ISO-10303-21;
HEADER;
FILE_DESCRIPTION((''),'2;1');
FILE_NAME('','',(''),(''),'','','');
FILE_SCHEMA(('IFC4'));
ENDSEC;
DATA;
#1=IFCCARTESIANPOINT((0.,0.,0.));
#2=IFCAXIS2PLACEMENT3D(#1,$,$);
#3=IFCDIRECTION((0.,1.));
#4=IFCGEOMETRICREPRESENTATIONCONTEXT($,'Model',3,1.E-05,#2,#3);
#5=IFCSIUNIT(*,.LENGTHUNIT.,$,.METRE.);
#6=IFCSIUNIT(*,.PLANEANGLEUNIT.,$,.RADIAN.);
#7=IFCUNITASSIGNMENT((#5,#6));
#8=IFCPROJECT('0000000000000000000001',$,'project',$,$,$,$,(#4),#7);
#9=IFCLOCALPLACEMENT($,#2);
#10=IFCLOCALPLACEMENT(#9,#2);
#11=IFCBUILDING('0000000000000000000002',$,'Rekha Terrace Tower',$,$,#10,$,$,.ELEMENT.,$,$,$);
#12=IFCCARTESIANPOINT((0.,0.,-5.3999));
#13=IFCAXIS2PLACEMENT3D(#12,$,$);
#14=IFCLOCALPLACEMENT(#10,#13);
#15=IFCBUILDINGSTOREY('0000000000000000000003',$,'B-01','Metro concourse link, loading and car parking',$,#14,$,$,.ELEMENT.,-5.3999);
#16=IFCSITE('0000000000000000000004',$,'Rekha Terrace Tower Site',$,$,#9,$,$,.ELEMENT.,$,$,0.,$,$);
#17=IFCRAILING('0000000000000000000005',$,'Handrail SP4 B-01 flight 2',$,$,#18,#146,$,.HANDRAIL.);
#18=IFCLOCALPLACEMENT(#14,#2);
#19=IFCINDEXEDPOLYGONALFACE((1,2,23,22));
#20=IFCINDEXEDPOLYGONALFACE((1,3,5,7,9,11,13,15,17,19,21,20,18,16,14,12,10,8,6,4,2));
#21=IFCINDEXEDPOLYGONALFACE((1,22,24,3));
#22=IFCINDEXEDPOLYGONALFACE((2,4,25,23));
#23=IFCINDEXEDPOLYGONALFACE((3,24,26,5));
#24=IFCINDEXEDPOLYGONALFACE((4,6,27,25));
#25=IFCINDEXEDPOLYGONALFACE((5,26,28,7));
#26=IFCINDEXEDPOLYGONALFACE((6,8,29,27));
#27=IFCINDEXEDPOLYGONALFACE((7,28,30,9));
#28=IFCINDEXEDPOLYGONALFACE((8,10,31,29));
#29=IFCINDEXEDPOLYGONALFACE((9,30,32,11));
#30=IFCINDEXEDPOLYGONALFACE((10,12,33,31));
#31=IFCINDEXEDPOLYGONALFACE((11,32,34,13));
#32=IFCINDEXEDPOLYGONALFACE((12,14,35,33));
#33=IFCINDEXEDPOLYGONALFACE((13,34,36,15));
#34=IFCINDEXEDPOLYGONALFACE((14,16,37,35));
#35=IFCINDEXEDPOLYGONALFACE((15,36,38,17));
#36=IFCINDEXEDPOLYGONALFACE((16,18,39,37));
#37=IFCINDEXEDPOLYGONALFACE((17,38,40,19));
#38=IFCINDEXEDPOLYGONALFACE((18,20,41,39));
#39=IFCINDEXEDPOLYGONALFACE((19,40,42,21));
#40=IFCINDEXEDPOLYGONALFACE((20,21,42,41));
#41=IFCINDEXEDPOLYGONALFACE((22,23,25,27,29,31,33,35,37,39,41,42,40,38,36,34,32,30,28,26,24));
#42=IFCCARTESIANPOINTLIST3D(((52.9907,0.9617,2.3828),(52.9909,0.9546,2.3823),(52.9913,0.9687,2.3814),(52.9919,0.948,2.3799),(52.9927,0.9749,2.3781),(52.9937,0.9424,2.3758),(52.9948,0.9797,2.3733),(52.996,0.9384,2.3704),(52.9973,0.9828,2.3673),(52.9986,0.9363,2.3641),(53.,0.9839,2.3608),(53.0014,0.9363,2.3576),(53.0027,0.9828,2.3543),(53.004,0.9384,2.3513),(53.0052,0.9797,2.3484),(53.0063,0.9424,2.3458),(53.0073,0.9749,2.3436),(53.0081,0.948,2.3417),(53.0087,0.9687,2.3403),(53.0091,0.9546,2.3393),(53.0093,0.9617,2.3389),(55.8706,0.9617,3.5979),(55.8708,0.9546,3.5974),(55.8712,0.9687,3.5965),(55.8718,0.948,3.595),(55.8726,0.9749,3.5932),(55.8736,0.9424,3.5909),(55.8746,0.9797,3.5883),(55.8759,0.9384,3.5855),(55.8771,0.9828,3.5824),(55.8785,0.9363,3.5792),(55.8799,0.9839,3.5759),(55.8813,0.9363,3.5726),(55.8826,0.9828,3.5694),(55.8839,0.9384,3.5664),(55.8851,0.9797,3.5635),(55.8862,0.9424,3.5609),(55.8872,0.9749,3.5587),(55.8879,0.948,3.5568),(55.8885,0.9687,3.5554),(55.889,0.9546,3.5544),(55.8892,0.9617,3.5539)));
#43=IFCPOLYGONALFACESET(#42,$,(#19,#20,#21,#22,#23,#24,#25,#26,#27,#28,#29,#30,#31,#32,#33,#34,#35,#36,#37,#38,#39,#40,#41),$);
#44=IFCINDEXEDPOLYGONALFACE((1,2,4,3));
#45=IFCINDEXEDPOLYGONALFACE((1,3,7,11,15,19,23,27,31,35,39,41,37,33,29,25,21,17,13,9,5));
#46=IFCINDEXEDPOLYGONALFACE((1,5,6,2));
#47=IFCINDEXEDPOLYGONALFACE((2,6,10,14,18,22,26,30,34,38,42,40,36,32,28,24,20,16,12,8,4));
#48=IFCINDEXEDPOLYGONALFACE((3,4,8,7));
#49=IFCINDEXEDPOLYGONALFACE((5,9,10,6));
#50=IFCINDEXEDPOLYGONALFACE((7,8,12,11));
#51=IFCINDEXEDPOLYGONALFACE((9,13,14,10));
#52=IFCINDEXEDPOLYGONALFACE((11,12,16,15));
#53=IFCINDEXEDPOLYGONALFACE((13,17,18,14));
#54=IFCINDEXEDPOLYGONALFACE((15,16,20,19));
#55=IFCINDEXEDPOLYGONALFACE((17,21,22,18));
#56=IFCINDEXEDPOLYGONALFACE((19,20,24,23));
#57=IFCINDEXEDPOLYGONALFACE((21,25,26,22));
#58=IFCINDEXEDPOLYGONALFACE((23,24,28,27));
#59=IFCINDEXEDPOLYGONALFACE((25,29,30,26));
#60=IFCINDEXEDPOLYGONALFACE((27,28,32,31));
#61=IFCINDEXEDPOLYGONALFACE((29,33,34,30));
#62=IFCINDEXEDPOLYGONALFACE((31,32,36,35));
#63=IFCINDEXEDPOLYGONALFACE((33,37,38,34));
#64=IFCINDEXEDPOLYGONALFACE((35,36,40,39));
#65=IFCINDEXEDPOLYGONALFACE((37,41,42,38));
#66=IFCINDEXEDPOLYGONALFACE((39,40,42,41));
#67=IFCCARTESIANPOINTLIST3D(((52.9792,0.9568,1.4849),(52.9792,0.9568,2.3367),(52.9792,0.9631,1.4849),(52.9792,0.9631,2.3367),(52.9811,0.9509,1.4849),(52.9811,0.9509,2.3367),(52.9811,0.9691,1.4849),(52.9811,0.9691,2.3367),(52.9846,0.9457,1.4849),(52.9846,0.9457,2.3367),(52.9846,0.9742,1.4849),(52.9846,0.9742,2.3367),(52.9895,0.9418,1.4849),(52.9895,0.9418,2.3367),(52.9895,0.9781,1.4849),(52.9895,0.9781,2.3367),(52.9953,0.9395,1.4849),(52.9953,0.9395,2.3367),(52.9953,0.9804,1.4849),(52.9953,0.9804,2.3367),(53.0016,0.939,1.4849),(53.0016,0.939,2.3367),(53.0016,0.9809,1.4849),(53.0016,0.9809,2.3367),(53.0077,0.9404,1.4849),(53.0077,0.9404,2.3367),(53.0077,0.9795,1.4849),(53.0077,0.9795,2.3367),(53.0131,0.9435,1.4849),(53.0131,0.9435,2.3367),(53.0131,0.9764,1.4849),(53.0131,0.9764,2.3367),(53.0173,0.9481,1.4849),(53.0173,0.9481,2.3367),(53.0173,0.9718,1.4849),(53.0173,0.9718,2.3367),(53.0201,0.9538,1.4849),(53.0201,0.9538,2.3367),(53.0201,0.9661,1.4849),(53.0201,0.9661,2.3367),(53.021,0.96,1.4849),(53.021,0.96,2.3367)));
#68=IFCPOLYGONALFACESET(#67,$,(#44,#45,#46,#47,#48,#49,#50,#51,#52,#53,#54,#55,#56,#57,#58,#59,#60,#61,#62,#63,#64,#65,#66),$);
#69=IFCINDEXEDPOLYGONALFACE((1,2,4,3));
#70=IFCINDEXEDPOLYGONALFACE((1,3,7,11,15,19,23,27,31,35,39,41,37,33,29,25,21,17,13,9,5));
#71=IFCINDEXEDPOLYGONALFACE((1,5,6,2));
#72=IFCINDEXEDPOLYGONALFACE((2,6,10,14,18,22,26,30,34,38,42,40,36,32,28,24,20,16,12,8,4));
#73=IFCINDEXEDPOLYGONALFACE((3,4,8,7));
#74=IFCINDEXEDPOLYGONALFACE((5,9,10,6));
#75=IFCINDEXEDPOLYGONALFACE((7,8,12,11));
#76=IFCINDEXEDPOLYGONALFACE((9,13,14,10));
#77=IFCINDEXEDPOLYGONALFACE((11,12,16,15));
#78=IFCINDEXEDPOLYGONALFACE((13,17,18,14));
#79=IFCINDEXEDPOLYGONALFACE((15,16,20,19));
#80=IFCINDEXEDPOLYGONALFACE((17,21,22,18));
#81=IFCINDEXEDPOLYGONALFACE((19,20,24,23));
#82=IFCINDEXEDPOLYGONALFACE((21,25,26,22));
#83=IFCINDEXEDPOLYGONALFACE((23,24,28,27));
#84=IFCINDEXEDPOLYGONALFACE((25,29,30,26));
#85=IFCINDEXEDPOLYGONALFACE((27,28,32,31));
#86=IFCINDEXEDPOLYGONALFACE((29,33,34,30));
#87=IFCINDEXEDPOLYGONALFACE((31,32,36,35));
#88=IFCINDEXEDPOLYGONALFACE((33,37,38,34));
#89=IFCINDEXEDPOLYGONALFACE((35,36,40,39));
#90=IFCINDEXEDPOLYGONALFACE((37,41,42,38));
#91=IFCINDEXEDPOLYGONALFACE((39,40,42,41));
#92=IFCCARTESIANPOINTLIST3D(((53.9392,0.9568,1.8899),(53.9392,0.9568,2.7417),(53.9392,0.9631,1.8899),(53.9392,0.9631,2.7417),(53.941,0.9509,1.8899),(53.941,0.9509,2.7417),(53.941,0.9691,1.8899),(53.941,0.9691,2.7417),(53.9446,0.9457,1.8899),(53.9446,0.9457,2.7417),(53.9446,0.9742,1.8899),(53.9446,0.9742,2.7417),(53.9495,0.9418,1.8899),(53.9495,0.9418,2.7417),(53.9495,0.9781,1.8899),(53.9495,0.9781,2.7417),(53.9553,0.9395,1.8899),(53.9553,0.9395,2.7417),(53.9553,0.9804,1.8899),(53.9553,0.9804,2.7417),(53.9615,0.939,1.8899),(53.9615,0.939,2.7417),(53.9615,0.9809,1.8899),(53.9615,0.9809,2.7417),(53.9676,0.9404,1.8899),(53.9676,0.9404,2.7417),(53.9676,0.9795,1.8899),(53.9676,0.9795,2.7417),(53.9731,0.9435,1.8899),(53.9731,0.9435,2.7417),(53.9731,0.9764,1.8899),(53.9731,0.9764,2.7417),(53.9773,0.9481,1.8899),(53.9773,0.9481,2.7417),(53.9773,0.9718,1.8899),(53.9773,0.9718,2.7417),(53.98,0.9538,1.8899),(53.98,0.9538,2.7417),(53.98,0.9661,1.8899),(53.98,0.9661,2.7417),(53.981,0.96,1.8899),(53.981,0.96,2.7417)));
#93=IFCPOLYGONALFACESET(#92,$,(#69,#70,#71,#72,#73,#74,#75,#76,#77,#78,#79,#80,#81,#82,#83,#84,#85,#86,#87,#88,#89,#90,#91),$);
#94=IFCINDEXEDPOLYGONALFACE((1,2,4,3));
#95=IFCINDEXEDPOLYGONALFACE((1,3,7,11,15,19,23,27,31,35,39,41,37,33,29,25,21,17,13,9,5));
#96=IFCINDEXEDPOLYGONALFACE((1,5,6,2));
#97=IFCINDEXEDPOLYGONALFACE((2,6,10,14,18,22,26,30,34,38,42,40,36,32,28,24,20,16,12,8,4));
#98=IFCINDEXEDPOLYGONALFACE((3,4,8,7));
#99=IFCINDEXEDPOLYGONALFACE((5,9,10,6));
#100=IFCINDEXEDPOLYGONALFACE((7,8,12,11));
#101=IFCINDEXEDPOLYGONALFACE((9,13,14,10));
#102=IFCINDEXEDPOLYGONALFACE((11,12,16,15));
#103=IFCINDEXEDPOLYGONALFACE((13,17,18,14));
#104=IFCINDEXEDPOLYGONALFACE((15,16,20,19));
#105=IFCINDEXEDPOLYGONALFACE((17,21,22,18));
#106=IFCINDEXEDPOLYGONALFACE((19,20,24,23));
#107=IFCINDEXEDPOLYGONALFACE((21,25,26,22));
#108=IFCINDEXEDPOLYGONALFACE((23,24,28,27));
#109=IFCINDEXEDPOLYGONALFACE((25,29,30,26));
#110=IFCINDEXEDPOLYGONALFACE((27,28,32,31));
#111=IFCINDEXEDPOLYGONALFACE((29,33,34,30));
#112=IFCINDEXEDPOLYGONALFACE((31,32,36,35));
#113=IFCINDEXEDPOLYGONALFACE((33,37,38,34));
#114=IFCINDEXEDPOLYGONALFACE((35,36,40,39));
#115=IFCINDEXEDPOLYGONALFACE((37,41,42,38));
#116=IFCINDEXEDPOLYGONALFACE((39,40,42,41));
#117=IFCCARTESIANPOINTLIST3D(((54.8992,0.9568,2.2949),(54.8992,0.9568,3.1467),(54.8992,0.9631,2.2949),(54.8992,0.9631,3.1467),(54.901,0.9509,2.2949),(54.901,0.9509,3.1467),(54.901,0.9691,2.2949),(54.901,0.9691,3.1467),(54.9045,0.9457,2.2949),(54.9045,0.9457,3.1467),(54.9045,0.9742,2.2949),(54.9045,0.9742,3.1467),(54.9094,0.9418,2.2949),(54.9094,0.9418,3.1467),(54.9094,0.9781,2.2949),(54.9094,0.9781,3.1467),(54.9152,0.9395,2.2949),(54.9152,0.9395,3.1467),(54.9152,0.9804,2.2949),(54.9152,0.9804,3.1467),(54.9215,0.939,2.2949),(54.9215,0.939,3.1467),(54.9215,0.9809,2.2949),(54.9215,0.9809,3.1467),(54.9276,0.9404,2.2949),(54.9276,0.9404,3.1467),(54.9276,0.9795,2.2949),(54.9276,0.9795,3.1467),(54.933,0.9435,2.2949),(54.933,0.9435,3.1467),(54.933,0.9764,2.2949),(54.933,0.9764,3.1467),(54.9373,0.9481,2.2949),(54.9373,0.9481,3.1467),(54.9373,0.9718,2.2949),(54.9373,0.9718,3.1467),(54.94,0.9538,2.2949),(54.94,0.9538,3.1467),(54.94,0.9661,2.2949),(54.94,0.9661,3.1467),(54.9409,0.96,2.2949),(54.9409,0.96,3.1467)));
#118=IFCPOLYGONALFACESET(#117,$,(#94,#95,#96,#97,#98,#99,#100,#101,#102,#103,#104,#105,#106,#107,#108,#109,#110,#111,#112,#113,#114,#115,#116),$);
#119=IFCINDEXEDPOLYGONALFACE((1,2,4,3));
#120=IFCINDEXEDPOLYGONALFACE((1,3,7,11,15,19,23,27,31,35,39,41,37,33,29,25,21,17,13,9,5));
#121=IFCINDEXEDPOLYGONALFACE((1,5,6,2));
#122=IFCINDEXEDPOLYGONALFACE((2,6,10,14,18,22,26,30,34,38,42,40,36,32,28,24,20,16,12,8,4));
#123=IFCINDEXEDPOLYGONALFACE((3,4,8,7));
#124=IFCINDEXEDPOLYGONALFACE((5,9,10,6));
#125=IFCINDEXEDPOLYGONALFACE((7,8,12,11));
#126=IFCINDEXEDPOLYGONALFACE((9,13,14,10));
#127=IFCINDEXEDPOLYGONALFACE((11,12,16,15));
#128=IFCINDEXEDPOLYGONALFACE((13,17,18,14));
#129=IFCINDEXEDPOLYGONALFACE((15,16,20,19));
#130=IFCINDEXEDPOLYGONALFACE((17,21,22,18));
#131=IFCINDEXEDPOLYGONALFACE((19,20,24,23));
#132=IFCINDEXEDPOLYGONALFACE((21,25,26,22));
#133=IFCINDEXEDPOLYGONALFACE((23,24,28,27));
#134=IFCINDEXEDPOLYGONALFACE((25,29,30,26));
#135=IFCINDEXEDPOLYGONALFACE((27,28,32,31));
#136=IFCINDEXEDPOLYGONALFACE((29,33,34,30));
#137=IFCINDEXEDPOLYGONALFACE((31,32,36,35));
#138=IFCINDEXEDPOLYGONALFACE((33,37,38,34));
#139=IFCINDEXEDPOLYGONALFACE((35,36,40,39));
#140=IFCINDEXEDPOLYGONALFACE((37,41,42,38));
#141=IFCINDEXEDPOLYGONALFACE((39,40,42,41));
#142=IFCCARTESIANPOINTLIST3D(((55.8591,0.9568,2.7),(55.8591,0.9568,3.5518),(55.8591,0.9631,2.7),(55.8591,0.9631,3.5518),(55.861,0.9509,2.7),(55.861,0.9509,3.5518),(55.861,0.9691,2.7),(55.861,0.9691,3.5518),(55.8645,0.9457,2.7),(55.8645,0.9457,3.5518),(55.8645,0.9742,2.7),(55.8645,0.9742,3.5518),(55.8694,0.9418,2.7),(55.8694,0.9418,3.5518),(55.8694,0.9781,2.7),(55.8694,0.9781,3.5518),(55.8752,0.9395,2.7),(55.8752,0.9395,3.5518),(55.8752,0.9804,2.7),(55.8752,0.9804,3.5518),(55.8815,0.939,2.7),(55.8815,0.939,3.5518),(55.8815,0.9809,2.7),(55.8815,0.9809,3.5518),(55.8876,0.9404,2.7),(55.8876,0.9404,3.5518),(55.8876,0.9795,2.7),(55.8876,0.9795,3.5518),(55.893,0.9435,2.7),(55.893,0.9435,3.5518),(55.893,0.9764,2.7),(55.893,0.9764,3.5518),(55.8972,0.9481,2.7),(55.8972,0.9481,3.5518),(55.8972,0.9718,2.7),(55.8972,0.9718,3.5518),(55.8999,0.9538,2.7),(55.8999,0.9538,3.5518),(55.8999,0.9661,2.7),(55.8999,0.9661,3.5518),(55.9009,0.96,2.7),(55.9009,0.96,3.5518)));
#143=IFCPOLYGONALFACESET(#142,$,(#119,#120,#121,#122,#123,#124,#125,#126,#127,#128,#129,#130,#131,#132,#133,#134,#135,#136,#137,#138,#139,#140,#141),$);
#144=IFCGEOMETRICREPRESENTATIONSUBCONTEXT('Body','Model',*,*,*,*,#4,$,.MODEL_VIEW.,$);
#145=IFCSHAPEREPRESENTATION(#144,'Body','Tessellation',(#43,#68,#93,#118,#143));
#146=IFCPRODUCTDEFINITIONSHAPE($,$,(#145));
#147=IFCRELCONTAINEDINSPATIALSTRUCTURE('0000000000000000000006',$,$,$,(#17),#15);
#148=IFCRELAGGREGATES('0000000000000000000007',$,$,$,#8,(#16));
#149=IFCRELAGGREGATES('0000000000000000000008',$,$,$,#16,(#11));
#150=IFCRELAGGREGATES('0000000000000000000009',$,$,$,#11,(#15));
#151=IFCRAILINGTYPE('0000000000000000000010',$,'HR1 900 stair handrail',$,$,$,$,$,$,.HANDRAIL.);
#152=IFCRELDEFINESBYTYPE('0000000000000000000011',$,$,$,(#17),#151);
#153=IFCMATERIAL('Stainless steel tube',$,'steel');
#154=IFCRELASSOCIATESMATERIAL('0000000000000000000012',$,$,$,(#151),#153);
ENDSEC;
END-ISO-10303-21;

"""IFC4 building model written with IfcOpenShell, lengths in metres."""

from ifc_helpers import new_model, si_unit, direction, frame, origin, origin_2d, place, context, subcontext, project, spatial, circle, extrude, material, type_object, element, save


model = new_model("IFC4")

# Units and contexts
model_context = context("Model", 3, precision=1e-05, world=origin(), true_north=direction((0.0, 1.0)))
body_context = subcontext(model_context, "Body", "Model", "MODEL_VIEW")
ifc_project = project(units=[si_unit("LENGTHUNIT", "METRE"), si_unit("PLANEANGLEUNIT", "RADIAN")], contexts=[model_context])

# Site, building, storey
site_placement = place(None, origin())
site = spatial("IfcSite", under=ifc_project, at=site_placement, Name="Rekha Terrace Tower Site", CompositionType="ELEMENT", RefElevation=0.0)
building_placement = place(site_placement, origin())
building = spatial("IfcBuilding", under=site, at=building_placement, Name="Rekha Terrace Tower", CompositionType="ELEMENT")
storey_placement = place(building_placement, frame((0.0, 0.0, -5.3999)))
storey = spatial("IfcBuildingStorey", under=building, at=storey_placement, Name="B-01", Description="Metro concourse link, loading and car parking", CompositionType="ELEMENT", Elevation=-5.3999)

# Railing
ifc_material_1 = material(Name="Stainless steel tube", Category="steel")
railing_type_1 = type_object("IfcRailingType", Name="HR1 900 stair handrail", PredefinedType="HANDRAIL", material=ifc_material_1)
railing_1_placement = place(storey_placement, frame((53.0, 0.96, 1.4849)))
element("IfcRailing", 1, at=railing_1_placement, inside=storey, type_object=railing_type_1, Name="Handrail SP4 B-01 flight 2", PredefinedType="HANDRAIL", context=body_context, shape_type="SweptSolid", body=[
    extrude(circle(Radius=0.0239, at=origin_2d()), frame((0.0, 0.0, 0.876), z_axis=(0.921348, 0.0, 0.388738), x_axis=(0.0, 1.0, 0.0)), (0.0, 0.0, 1.0), 3.1257),
    extrude(circle(Radius=0.021, at=origin_2d()), origin(), (0.0, 0.0, 1.0), 0.8518),
    extrude(circle(Radius=0.021, at=origin_2d()), frame((0.96, 0.0, 0.405)), (0.0, 0.0, 1.0), 0.8518),
    extrude(circle(Radius=0.021, at=origin_2d()), frame((1.9199, 0.0, 0.8101)), (0.0, 0.0, 1.0), 0.8518),
    extrude(circle(Radius=0.021, at=origin_2d()), frame((2.8799, 0.0, 1.2151)), (0.0, 0.0, 1.0), 0.8518),
])

save(model, "model.ifc")
